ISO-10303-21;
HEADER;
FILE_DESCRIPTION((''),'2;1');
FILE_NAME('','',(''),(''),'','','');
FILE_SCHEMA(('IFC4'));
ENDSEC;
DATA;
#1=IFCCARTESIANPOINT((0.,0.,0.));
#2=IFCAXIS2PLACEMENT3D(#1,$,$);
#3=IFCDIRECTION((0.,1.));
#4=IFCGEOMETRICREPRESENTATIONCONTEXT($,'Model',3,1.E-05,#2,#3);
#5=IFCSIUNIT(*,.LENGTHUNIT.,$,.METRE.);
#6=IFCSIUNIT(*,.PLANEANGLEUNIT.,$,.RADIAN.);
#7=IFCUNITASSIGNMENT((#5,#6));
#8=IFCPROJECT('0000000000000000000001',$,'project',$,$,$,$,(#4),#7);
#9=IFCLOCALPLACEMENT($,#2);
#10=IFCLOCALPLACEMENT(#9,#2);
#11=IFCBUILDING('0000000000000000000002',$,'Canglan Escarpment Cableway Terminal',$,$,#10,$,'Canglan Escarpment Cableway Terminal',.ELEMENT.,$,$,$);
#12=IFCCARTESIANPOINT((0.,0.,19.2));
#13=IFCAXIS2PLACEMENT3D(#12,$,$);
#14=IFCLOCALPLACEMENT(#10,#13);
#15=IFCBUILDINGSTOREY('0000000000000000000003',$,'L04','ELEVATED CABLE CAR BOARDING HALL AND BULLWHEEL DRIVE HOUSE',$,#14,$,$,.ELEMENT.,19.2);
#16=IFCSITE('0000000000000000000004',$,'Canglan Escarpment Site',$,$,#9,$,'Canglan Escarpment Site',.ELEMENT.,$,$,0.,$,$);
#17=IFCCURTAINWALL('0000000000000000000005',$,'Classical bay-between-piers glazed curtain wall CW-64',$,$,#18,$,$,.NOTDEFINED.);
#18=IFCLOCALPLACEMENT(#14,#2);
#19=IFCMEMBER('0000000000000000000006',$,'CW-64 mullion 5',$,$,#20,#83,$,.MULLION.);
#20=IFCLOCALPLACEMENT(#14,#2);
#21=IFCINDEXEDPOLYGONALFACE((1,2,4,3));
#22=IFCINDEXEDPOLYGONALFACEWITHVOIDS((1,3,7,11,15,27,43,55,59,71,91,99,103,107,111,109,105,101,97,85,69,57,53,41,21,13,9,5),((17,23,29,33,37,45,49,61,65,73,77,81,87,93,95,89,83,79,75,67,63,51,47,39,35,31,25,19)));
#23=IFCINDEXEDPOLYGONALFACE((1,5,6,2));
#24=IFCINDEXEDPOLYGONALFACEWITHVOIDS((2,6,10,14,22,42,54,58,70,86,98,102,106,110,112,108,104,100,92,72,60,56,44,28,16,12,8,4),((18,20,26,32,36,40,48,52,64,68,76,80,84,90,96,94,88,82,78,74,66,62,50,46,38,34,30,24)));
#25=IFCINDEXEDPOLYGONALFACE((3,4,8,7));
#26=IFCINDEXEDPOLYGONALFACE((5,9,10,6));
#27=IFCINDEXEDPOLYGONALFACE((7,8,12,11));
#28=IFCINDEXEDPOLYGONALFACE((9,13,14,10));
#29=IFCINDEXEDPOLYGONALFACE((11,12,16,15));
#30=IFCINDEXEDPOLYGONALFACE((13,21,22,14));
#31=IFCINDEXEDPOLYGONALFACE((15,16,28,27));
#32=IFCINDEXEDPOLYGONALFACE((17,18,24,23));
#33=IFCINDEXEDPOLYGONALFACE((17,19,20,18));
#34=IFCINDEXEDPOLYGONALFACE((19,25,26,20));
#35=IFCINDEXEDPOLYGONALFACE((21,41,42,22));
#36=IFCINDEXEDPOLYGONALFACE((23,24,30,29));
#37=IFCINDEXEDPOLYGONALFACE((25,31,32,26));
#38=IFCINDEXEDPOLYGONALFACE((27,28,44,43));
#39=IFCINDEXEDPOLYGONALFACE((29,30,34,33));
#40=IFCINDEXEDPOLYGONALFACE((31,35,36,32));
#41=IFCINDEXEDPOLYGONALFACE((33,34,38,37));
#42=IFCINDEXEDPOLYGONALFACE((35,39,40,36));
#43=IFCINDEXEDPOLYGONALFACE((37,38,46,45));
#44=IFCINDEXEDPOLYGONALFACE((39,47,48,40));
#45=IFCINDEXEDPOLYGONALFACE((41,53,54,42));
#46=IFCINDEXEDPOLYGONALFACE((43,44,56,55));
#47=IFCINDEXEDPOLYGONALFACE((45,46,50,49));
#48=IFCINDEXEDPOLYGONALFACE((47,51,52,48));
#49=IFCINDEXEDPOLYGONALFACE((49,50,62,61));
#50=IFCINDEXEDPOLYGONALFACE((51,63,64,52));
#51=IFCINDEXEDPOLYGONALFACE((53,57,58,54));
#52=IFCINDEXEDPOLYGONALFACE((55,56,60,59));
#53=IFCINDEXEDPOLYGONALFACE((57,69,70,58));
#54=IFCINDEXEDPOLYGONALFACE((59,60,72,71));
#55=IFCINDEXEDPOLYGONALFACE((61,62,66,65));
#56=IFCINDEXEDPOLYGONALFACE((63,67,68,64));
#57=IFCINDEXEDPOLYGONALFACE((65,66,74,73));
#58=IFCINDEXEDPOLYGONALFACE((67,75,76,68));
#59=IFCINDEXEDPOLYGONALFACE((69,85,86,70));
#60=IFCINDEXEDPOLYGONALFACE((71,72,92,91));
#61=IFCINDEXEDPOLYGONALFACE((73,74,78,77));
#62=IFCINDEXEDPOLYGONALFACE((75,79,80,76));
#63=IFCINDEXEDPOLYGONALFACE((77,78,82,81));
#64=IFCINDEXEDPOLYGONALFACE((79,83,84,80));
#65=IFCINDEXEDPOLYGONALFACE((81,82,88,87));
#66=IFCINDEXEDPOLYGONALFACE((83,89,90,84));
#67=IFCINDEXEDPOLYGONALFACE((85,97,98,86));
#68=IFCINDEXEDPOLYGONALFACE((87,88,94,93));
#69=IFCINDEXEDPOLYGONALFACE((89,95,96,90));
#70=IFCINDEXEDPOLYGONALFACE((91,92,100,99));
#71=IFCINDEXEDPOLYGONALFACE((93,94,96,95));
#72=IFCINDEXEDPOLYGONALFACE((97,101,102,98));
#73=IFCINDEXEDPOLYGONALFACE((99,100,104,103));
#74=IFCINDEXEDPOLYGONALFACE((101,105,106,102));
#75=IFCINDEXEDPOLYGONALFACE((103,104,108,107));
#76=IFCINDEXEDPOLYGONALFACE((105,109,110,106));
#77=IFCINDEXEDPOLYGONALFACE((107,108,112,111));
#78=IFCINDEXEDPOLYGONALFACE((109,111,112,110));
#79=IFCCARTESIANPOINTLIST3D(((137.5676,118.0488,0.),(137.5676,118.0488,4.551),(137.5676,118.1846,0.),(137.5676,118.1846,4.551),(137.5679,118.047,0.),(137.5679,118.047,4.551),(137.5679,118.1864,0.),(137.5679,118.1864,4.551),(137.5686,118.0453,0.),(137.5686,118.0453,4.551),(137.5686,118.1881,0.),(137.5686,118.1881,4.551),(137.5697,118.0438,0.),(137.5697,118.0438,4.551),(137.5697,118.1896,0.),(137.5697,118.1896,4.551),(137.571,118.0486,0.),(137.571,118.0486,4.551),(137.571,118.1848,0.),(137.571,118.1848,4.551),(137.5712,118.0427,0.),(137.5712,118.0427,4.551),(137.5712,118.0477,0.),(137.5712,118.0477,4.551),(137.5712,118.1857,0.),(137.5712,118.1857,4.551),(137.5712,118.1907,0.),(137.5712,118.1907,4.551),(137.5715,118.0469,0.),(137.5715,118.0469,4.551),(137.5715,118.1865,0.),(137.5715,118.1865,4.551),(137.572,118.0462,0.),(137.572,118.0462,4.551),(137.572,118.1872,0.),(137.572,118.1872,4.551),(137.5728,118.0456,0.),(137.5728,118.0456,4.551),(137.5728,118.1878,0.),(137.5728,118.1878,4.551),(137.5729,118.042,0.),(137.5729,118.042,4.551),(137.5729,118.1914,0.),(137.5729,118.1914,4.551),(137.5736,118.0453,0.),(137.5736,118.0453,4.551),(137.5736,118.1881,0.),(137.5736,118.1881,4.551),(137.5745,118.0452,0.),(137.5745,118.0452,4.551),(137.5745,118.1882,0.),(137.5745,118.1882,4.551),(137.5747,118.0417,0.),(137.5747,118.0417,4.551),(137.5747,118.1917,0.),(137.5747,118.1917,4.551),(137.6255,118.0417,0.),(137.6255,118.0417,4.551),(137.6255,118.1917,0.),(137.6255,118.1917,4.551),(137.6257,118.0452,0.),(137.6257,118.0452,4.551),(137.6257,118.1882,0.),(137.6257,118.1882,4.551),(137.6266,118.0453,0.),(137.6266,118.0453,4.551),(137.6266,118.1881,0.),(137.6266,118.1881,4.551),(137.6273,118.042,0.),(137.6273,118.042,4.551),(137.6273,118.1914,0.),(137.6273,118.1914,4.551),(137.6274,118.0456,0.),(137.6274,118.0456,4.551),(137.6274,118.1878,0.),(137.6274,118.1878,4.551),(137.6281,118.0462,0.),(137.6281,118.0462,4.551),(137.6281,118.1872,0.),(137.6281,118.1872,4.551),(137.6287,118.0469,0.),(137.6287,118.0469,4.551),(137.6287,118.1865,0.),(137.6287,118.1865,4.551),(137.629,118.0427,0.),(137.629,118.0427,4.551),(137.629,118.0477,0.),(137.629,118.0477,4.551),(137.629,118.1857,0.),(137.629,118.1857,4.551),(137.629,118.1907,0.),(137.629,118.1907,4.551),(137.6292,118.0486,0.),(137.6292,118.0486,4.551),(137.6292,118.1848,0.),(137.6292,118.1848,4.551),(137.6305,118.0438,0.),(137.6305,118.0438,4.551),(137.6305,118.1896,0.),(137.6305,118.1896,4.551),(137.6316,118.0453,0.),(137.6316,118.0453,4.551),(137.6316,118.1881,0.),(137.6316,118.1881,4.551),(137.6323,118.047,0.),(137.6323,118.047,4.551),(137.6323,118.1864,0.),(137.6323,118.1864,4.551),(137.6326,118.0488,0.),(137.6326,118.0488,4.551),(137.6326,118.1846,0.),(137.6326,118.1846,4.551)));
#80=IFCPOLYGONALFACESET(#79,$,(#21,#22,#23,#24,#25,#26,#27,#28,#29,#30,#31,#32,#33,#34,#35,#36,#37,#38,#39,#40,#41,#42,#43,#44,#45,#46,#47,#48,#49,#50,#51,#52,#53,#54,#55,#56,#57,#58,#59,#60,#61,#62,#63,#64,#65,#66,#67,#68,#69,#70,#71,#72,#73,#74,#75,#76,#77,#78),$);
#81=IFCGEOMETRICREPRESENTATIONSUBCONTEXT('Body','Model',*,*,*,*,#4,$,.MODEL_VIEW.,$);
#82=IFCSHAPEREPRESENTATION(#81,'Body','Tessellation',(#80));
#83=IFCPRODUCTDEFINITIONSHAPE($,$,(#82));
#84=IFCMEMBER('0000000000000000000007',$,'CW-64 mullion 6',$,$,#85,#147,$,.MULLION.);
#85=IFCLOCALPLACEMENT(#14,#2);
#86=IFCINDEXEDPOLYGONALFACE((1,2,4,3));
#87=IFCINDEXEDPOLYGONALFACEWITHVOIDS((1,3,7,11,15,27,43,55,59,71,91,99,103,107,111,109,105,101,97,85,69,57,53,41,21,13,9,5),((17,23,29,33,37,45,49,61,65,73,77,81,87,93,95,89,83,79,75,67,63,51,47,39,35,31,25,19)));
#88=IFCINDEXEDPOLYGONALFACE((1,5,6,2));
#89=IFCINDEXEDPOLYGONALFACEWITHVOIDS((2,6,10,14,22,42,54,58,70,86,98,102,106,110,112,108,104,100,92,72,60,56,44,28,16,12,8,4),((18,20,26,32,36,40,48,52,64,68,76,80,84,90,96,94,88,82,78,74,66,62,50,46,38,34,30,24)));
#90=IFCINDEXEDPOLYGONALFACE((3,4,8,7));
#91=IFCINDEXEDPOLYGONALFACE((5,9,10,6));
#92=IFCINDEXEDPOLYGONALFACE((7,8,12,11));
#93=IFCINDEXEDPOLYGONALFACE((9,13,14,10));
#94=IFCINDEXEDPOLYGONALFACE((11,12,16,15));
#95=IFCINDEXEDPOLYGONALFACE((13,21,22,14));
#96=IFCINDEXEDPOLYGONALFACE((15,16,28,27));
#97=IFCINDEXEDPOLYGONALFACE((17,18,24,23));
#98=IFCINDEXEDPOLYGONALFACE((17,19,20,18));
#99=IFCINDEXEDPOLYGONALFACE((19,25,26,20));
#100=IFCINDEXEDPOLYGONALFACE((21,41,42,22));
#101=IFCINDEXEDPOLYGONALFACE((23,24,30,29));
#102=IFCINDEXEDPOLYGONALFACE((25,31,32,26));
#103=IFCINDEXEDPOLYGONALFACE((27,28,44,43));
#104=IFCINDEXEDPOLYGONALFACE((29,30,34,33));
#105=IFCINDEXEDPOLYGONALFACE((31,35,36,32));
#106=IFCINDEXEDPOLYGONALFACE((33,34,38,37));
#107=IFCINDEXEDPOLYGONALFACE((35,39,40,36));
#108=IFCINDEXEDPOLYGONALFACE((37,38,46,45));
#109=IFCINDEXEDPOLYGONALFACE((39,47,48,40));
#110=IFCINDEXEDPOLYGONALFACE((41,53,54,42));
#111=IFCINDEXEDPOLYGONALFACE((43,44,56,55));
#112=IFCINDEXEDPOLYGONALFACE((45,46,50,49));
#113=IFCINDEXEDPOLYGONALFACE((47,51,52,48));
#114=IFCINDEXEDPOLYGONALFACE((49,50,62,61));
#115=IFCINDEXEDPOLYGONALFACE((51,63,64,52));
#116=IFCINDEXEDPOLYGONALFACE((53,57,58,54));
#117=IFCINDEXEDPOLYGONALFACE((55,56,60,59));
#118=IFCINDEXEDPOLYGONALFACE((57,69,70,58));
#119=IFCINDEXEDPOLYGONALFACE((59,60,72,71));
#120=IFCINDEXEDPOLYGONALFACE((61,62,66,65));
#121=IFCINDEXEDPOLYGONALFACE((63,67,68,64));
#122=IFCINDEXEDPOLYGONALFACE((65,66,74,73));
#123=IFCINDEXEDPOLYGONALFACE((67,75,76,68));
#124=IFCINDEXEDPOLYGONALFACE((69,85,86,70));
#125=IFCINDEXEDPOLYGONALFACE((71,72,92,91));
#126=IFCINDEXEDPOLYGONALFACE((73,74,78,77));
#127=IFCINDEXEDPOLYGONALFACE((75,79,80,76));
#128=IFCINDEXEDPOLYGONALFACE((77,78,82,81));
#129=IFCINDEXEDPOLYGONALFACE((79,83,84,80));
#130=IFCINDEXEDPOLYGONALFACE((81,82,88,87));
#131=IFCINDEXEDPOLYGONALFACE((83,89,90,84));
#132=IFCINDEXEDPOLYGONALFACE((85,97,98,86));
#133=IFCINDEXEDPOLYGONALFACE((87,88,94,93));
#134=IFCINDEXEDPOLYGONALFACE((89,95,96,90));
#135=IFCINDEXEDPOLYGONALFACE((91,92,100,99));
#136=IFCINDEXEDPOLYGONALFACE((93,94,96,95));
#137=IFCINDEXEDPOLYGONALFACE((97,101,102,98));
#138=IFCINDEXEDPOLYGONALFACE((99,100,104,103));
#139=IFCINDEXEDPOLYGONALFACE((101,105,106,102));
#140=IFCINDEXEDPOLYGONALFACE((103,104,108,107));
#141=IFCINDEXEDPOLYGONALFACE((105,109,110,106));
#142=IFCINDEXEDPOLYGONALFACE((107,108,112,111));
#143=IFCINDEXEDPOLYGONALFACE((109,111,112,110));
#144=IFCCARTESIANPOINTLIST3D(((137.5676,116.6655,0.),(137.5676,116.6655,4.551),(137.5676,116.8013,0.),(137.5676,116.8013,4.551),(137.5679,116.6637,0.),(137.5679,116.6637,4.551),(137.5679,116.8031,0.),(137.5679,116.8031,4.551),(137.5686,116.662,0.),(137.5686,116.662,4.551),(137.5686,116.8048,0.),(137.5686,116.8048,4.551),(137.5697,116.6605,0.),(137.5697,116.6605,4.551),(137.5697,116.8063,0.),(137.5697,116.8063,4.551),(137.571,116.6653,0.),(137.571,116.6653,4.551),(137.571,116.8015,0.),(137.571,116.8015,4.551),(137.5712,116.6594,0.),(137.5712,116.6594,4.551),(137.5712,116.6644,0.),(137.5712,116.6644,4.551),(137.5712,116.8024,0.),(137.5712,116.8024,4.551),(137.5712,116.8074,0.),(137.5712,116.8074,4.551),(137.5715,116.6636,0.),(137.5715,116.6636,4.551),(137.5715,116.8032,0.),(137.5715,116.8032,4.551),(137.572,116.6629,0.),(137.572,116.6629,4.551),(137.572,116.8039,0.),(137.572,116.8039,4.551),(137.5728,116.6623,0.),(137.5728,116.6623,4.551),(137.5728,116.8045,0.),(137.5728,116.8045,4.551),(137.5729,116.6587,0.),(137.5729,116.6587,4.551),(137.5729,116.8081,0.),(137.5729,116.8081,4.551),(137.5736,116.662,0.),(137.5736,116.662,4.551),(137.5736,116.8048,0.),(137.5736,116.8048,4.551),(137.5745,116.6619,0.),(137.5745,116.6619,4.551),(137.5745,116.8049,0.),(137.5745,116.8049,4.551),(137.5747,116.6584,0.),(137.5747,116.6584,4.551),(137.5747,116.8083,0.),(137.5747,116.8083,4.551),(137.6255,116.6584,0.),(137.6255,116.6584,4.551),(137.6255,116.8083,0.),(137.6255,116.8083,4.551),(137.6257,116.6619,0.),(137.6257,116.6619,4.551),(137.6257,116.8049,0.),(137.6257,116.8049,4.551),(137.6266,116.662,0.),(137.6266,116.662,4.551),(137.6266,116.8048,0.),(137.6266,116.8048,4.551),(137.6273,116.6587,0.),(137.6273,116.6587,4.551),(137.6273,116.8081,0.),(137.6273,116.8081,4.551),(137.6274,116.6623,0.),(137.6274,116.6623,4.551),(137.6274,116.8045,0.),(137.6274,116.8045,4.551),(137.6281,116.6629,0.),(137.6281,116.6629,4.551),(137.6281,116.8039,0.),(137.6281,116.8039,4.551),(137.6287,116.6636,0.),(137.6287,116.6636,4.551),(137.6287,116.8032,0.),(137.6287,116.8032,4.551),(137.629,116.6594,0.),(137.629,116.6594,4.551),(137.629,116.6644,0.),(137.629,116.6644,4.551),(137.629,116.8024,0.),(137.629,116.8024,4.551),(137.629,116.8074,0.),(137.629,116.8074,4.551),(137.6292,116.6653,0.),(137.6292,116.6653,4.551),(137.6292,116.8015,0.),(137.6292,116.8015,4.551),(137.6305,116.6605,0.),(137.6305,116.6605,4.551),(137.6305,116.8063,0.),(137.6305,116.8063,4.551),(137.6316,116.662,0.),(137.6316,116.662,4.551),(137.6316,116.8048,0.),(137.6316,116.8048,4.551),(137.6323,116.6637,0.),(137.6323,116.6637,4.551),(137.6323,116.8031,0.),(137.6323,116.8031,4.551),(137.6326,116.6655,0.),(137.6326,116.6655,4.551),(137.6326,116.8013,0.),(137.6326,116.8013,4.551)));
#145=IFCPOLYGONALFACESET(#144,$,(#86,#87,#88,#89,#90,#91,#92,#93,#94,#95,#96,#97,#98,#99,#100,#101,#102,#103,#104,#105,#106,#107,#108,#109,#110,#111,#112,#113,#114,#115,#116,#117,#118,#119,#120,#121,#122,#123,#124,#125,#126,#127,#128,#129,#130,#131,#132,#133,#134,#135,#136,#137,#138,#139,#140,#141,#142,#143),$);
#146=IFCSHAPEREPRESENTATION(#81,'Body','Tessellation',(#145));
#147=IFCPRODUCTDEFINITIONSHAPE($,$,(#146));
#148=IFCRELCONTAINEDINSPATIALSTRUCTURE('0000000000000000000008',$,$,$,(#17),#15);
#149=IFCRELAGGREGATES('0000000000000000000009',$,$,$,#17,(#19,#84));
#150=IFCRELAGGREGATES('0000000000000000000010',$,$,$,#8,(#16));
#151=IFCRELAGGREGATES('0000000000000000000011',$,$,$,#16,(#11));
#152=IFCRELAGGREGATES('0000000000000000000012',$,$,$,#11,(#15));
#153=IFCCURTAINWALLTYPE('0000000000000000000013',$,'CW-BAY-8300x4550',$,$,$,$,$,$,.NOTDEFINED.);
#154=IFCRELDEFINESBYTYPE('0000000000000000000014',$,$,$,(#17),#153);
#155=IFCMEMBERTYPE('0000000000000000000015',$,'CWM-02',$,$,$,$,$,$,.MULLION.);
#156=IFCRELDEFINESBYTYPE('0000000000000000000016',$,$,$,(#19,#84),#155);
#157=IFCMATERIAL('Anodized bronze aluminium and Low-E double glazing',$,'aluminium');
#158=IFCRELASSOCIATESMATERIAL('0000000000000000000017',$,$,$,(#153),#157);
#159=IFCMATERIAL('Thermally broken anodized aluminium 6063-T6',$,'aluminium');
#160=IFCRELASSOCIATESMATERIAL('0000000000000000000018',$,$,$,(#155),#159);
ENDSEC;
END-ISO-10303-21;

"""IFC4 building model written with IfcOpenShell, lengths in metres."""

from ifc_helpers import new_model, si_unit, direction, frame, origin, origin_2d, place, context, subcontext, project, spatial, hollow_rectangle, extrude, material, material_profile, profile_set, type_object, element, aggregate, save


model = new_model("IFC4")

# Units and contexts
model_context = context("Model", 3, precision=1e-05, world=origin(), true_north=direction((0.0, 1.0)))
body_context = subcontext(model_context, "Body", "Model", "MODEL_VIEW")
ifc_project = project(units=[si_unit("LENGTHUNIT", "METRE"), si_unit("PLANEANGLEUNIT", "RADIAN")], contexts=[model_context])

# Site, building, storey
site_placement = place(None, origin())
site = spatial("IfcSite", under=ifc_project, at=site_placement, Name="Canglan Escarpment Site", LongName="Canglan Escarpment Site", CompositionType="ELEMENT", RefElevation=0.0)
building_placement = place(site_placement, origin())
building = spatial("IfcBuilding", under=site, at=building_placement, Name="Canglan Escarpment Cableway Terminal", LongName="Canglan Escarpment Cableway Terminal", CompositionType="ELEMENT")
storey_placement = place(building_placement, frame((0.0, 0.0, 19.2)))
storey = spatial("IfcBuildingStorey", under=building, at=storey_placement, Name="L04", Description="ELEVATED CABLE CAR BOARDING HALL AND BULLWHEEL DRIVE HOUSE", CompositionType="ELEMENT", Elevation=19.2)

# Curtain wall, members
ifc_material_1 = material(Name="Anodized bronze aluminium and Low-E double glazing", Category="aluminium")
curtain_wall_type = type_object("IfcCurtainWallType", Name="CW-BAY-8300x4550", PredefinedType="NOTDEFINED", material=ifc_material_1)
curtain_wall_placement = place(storey_placement, origin())
curtain_wall = element("IfcCurtainWall", 1, at=curtain_wall_placement, inside=storey, type_object=curtain_wall_type, Name="Classical bay-between-piers glazed curtain wall CW-64", PredefinedType="NOTDEFINED")
ifc_material_2 = material(Name="Thermally broken anodized aluminium 6063-T6", Category="aluminium")
ifc_material_profile_1 = material_profile(ifc_material_2, hollow_rectangle(XDim=0.0649, YDim=0.1499, WallThickness=0.0034, InnerFilletRadius=0.0034, OuterFilletRadius=0.0071, at=origin_2d()), Name="ALU-MULL 65x150x3.5")
ifc_profile_set_1 = profile_set([ifc_material_profile_1], Name="Thermally broken anodized aluminium 6063-T6")
member_type_1 = type_object("IfcMemberType", Name="CWM-02", PredefinedType="MULLION", material=ifc_profile_set_1)
member_1_placement = place(storey_placement, frame((137.6001, 118.1167, 0.0), z_axis=(0.0, 0.0, 1.0), x_axis=(1.0, 0.0, 0.0)))
member_1 = element("IfcMember", 2, at=member_1_placement, type_object=member_type_1, Name="CW-64 mullion 5", PredefinedType="MULLION", context=body_context, shape_type="SweptSolid", body=[
    extrude(hollow_rectangle(XDim=0.0649, YDim=0.1499, WallThickness=0.0034, InnerFilletRadius=0.0034, OuterFilletRadius=0.0071, at=origin_2d()), origin(), (0.0, 0.0, 1.0), 4.551),
])
member_2_placement = place(storey_placement, frame((137.6001, 116.7334, 0.0), z_axis=(0.0, 0.0, 1.0), x_axis=(1.0, 0.0, 0.0)))
member_2 = element("IfcMember", 3, at=member_2_placement, type_object=member_type_1, Name="CW-64 mullion 6", PredefinedType="MULLION", context=body_context, shape_type="SweptSolid", body=[
    extrude(hollow_rectangle(XDim=0.0649, YDim=0.1499, WallThickness=0.0034, InnerFilletRadius=0.0034, OuterFilletRadius=0.0071, at=origin_2d()), origin(), (0.0, 0.0, 1.0), 4.551),
])
aggregate(curtain_wall, [member_1, member_2])

save(model, "model.ifc")
